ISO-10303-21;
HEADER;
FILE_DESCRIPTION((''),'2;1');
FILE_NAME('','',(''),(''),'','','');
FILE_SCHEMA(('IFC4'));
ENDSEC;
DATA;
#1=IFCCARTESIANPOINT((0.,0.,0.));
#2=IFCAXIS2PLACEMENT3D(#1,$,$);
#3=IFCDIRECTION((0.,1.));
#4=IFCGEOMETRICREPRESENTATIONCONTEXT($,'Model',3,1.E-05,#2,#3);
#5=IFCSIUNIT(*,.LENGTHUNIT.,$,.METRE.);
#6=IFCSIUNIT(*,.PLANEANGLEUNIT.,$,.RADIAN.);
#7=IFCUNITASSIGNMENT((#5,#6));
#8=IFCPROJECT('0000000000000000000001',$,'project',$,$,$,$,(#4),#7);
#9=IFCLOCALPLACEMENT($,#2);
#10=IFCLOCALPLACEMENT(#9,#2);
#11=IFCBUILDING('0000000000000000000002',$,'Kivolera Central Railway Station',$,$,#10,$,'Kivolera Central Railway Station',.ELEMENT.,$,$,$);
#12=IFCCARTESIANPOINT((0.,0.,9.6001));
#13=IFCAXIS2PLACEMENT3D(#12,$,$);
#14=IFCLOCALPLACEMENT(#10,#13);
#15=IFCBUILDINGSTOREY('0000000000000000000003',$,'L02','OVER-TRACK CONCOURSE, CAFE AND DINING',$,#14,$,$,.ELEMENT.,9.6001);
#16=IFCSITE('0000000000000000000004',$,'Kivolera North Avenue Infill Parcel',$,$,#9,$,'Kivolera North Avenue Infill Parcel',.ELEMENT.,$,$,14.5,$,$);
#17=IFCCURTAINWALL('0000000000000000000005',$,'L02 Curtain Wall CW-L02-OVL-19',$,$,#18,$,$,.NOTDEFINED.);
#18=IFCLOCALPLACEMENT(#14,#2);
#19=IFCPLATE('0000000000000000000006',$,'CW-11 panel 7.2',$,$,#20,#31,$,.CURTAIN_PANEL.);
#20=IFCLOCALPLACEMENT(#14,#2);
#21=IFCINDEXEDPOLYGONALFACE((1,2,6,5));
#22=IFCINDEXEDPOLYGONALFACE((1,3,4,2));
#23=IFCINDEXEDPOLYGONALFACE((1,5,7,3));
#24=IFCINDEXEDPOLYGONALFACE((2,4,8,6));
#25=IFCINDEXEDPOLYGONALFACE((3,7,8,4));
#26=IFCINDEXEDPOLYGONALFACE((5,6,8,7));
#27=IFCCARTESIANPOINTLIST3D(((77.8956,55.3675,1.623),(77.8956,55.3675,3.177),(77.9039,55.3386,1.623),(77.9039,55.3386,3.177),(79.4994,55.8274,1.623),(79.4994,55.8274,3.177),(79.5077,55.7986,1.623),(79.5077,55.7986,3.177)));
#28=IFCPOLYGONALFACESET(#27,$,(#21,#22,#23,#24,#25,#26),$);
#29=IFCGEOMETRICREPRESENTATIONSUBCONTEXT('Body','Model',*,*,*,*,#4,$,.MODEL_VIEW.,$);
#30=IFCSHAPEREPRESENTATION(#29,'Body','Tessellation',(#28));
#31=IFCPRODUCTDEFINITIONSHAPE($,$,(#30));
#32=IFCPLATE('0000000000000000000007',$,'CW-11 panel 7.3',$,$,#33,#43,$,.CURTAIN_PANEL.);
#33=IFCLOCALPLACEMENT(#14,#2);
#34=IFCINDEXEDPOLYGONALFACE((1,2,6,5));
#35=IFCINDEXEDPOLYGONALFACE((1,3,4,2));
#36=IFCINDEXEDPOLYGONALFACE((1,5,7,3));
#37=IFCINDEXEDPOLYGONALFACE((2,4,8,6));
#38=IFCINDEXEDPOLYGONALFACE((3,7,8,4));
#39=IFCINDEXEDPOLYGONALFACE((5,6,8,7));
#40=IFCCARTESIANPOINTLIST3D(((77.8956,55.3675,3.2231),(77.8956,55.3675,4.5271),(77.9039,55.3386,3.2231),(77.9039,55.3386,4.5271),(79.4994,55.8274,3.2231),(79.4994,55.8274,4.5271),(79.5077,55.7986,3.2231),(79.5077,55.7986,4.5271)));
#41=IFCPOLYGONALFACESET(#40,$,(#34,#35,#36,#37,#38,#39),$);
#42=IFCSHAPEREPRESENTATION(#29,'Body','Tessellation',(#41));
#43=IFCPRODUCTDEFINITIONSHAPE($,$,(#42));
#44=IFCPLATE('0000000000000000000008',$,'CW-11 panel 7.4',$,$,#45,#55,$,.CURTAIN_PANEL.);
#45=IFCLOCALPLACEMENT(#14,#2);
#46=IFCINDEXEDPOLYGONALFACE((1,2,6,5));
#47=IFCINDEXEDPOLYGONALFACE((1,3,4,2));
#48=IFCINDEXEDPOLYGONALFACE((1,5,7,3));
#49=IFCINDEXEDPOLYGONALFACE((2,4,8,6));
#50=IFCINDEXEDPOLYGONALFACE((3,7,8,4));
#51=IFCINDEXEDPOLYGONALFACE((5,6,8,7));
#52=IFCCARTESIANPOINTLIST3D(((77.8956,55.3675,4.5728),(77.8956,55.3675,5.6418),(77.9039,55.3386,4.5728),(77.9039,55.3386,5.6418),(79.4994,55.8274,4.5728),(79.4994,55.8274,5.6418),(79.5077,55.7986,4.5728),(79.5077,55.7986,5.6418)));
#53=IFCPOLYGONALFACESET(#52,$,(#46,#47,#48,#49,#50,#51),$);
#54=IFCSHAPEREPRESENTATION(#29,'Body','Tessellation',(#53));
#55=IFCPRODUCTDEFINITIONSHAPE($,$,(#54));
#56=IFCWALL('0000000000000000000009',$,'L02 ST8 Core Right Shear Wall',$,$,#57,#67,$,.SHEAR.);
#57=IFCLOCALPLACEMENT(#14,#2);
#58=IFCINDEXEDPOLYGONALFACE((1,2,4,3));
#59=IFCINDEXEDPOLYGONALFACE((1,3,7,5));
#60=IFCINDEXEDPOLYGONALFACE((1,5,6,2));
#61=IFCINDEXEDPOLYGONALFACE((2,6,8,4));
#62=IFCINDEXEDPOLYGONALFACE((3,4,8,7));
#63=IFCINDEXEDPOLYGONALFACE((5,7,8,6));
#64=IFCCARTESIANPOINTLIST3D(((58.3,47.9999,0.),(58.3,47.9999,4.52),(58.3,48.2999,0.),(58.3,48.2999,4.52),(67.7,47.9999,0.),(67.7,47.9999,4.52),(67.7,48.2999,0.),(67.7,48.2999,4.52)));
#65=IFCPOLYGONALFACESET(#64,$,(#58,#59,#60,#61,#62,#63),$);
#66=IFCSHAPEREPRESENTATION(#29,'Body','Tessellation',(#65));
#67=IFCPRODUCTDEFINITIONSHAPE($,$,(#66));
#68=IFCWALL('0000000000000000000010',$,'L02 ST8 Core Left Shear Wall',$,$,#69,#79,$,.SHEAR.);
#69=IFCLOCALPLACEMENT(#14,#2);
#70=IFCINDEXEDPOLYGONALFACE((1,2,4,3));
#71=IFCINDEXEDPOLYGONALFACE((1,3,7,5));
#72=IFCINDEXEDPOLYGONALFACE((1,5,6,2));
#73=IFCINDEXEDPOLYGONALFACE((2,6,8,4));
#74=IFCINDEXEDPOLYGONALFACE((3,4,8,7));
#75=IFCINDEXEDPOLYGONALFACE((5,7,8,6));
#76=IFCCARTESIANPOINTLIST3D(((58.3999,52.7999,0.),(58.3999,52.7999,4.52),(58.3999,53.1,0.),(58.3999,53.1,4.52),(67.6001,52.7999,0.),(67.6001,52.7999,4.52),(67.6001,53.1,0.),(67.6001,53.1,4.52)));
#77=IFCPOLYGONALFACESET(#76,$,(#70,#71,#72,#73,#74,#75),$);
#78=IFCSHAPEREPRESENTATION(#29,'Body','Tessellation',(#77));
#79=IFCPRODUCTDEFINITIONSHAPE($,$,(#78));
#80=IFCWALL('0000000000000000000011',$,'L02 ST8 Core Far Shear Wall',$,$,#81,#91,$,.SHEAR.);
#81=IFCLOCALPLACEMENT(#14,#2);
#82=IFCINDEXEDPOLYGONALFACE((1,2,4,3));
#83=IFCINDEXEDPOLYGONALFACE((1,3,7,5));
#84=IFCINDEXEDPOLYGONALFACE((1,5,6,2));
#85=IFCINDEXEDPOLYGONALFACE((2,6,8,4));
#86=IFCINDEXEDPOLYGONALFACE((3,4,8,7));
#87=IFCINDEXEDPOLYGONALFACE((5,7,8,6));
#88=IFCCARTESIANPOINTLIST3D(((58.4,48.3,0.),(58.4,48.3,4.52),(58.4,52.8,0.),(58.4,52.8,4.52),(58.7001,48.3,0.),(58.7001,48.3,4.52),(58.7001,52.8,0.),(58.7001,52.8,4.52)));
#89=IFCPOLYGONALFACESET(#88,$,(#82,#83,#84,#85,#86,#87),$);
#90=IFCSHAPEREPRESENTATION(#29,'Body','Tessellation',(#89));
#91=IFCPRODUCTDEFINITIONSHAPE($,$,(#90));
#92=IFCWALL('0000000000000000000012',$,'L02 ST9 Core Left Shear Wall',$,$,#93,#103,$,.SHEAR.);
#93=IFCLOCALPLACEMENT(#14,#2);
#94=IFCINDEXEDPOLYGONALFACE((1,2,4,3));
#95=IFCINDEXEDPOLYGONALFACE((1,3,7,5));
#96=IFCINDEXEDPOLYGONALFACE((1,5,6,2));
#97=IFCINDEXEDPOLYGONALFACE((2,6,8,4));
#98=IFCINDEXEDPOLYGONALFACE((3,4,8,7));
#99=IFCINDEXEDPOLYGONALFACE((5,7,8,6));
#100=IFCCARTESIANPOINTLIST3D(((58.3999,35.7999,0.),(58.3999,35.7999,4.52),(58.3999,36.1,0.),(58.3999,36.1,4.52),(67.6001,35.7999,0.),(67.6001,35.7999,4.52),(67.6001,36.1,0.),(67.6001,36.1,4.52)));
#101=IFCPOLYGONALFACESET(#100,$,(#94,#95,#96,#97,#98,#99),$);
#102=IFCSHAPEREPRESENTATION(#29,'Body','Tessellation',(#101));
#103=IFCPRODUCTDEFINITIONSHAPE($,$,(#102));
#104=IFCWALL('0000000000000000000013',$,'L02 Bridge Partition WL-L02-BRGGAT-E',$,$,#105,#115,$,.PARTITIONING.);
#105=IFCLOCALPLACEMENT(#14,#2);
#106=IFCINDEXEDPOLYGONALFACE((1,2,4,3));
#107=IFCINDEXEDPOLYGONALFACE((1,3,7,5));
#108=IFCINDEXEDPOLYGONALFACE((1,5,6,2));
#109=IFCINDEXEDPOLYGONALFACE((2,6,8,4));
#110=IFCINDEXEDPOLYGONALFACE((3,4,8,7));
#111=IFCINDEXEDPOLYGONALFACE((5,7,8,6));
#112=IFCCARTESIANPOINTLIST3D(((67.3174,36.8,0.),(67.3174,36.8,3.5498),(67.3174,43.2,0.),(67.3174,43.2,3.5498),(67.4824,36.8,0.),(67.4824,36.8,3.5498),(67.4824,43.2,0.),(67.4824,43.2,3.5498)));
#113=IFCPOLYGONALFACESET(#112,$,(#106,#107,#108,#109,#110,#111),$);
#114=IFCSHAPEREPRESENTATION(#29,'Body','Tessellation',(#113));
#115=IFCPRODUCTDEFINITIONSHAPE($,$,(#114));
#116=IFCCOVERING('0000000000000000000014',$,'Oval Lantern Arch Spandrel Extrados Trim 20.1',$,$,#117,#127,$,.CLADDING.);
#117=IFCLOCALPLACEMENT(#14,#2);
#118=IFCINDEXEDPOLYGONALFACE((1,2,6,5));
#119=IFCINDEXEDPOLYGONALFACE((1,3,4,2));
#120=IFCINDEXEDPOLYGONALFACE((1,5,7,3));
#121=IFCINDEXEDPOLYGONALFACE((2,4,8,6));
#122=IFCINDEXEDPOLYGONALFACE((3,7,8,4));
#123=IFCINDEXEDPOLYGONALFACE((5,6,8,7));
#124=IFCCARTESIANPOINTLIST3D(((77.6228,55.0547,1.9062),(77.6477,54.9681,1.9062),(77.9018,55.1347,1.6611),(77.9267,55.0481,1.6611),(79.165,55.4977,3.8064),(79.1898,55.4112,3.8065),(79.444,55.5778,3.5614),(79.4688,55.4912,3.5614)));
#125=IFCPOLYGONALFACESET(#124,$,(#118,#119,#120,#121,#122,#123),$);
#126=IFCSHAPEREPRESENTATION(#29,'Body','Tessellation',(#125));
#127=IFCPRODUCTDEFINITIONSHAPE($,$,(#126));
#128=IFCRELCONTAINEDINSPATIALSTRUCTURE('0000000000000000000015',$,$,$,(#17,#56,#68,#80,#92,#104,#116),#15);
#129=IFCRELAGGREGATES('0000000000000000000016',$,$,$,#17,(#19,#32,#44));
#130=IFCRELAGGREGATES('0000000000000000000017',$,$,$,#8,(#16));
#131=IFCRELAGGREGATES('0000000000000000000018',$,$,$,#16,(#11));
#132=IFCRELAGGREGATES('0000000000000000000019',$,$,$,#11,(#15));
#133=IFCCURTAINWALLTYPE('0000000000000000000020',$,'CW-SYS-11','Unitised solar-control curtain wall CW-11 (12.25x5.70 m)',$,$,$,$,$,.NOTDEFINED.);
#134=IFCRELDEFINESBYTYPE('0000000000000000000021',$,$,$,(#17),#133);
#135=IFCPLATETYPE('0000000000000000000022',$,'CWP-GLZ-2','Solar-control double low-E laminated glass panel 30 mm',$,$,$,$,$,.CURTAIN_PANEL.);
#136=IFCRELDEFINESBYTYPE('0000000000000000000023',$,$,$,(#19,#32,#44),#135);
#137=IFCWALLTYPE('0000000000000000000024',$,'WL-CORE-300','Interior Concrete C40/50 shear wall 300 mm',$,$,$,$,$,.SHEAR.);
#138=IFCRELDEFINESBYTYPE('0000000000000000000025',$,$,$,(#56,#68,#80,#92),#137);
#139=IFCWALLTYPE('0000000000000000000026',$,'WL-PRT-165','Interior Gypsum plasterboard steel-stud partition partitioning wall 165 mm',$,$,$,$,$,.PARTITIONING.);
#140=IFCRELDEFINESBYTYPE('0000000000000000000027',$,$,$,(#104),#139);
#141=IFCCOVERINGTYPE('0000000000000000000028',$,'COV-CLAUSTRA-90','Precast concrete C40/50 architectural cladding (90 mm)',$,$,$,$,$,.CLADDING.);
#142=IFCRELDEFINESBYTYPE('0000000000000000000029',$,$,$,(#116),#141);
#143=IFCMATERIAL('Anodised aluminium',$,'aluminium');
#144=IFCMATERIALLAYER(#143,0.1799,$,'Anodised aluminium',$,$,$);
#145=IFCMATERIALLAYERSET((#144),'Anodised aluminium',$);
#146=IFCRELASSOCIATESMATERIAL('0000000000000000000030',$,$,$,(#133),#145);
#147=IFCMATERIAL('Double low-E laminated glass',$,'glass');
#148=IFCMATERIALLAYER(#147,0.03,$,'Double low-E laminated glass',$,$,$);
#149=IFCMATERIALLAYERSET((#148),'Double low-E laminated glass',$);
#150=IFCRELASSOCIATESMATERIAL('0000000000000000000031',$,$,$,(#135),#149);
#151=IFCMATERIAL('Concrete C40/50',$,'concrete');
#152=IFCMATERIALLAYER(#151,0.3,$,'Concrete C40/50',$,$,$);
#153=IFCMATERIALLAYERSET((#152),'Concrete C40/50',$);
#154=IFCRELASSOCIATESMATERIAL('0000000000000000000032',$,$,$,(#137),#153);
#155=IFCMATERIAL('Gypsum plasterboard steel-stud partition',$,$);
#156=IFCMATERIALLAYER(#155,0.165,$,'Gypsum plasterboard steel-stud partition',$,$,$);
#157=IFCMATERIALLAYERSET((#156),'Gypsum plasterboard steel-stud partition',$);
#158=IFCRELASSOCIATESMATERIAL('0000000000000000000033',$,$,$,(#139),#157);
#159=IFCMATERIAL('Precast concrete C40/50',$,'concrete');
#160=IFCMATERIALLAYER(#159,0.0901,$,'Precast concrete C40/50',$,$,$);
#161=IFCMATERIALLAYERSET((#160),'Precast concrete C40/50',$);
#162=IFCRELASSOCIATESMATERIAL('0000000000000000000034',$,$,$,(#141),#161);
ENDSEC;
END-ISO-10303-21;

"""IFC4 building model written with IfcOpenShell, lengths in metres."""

from ifc_helpers import new_model, si_unit, direction, frame, frame_2d, origin, origin_2d, place, context, subcontext, project, spatial, rectangle, extrude, material, layer, layer_set, type_object, element, aggregate, save


model = new_model("IFC4")

# Units and contexts
model_context = context("Model", 3, precision=1e-05, world=origin(), true_north=direction((0.0, 1.0)))
body_context = subcontext(model_context, "Body", "Model", "MODEL_VIEW")
ifc_project = project(units=[si_unit("LENGTHUNIT", "METRE"), si_unit("PLANEANGLEUNIT", "RADIAN")], contexts=[model_context])

# Site, building, storey
site_placement = place(None, origin())
site = spatial("IfcSite", under=ifc_project, at=site_placement, Name="Kivolera North Avenue Infill Parcel", LongName="Kivolera North Avenue Infill Parcel", CompositionType="ELEMENT", RefElevation=14.5)
building_placement = place(site_placement, origin())
building = spatial("IfcBuilding", under=site, at=building_placement, Name="Kivolera Central Railway Station", LongName="Kivolera Central Railway Station", CompositionType="ELEMENT")
storey_placement = place(building_placement, frame((0.0, 0.0, 9.6001)))
storey = spatial("IfcBuildingStorey", under=building, at=storey_placement, Name="L02", Description="OVER-TRACK CONCOURSE, CAFE AND DINING", CompositionType="ELEMENT", Elevation=9.6001)

# Shared definitions
ifc_material_1 = material(Name="Concrete C40/50", Category="concrete")

# Curtain wall, plates
ifc_material_2 = material(Name="Anodised aluminium", Category="aluminium")
ifc_layer_1 = layer(ifc_material_2, 0.1799, Name="Anodised aluminium")
ifc_layer_set_1 = layer_set([ifc_layer_1], Name="Anodised aluminium")
curtain_wall_type = type_object("IfcCurtainWallType", Name="CW-SYS-11", Description="Unitised solar-control curtain wall CW-11 (12.25x5.70 m)", PredefinedType="NOTDEFINED", material=ifc_layer_set_1)
curtain_wall_placement = place(storey_placement, origin())
curtain_wall = element("IfcCurtainWall", 1, at=curtain_wall_placement, inside=storey, type_object=curtain_wall_type, Name="L02 Curtain Wall CW-L02-OVL-19", PredefinedType="NOTDEFINED")
ifc_material_3 = material(Name="Double low-E laminated glass", Category="glass")
ifc_layer_2 = layer(ifc_material_3, 0.03, Name="Double low-E laminated glass")
ifc_layer_set_2 = layer_set([ifc_layer_2], Name="Double low-E laminated glass")
plate_type = type_object("IfcPlateType", Name="CWP-GLZ-2", Description="Solar-control double low-E laminated glass panel 30 mm", PredefinedType="CURTAIN_PANEL", material=ifc_layer_set_2)
plate_1_placement = place(storey_placement, frame((78.7017, 55.583, 1.623), z_axis=(0.0, 0.0, 1.0), x_axis=(-0.961246, -0.275692, 0.0)))
plate_1 = element("IfcPlate", 2, at=plate_1_placement, type_object=plate_type, Name="CW-11 panel 7.2", PredefinedType="CURTAIN_PANEL", context=body_context, shape_type="SweptSolid", body=[
    extrude(rectangle(XDim=1.6685, YDim=0.03, at=origin_2d()), origin(), (0.0, 0.0, 1.0), 1.554),
])
plate_2_placement = place(storey_placement, frame((78.7017, 55.583, 3.2231), z_axis=(0.0, 0.0, 1.0), x_axis=(-0.961246, -0.275692, 0.0)))
plate_2 = element("IfcPlate", 3, at=plate_2_placement, type_object=plate_type, Name="CW-11 panel 7.3", PredefinedType="CURTAIN_PANEL", context=body_context, shape_type="SweptSolid", body=[
    extrude(rectangle(XDim=1.6685, YDim=0.03, at=origin_2d()), origin(), (0.0, 0.0, 1.0), 1.304),
])
plate_3_placement = place(storey_placement, frame((78.7017, 55.583, 4.5728), z_axis=(0.0, 0.0, 1.0), x_axis=(-0.961246, -0.275692, 0.0)))
plate_3 = element("IfcPlate", 4, at=plate_3_placement, type_object=plate_type, Name="CW-11 panel 7.4", PredefinedType="CURTAIN_PANEL", context=body_context, shape_type="SweptSolid", body=[
    extrude(rectangle(XDim=1.6685, YDim=0.03, at=origin_2d()), origin(), (0.0, 0.0, 1.0), 1.0691),
])
aggregate(curtain_wall, [plate_1, plate_2, plate_3])

# Walls
ifc_layer_3 = layer(ifc_material_1, 0.3, Name="Concrete C40/50")
ifc_layer_set_3 = layer_set([ifc_layer_3], Name="Concrete C40/50")
wall_type_1 = type_object("IfcWallType", Name="WL-CORE-300", Description="Interior Concrete C40/50 shear wall 300 mm", PredefinedType="SHEAR", material=ifc_layer_set_3)
wall_1_placement = place(storey_placement, frame((67.7, 48.1499, 0.0), z_axis=(0.0, 0.0, 1.0), x_axis=(-1.0, 0.0, 0.0)))
element("IfcWall", 5, at=wall_1_placement, inside=storey, type_object=wall_type_1, Name="L02 ST8 Core Right Shear Wall", PredefinedType="SHEAR", context=body_context, shape_type="SweptSolid", body=[
    extrude(rectangle(XDim=9.3999, YDim=0.3, at=frame_2d((4.7, 0.0))), origin(), (0.0, 0.0, 1.0), 4.52),
])
wall_2_placement = place(storey_placement, frame((58.3999, 52.95, 0.0), z_axis=(0.0, 0.0, 1.0), x_axis=(1.0, 0.0, 0.0)))
element("IfcWall", 6, at=wall_2_placement, inside=storey, type_object=wall_type_1, Name="L02 ST8 Core Left Shear Wall", PredefinedType="SHEAR", context=body_context, shape_type="SweptSolid", body=[
    extrude(rectangle(XDim=9.2002, YDim=0.3, at=frame_2d((4.6001, 0.0))), origin(), (0.0, 0.0, 1.0), 4.52),
])

# Walls
wall_3_placement = place(storey_placement, frame((58.55, 48.3, 0.0), z_axis=(0.0, 0.0, 1.0), x_axis=(0.0, 1.0, 0.0)))
element("IfcWall", 7, at=wall_3_placement, inside=storey, type_object=wall_type_1, Name="L02 ST8 Core Far Shear Wall", PredefinedType="SHEAR", context=body_context, shape_type="SweptSolid", body=[
    extrude(rectangle(XDim=4.5, YDim=0.3, at=frame_2d((2.25, 0.0))), origin(), (0.0, 0.0, 1.0), 4.52),
])
wall_4_placement = place(storey_placement, frame((58.3999, 35.95, 0.0), z_axis=(0.0, 0.0, 1.0), x_axis=(1.0, 0.0, 0.0)))
element("IfcWall", 8, at=wall_4_placement, inside=storey, type_object=wall_type_1, Name="L02 ST9 Core Left Shear Wall", PredefinedType="SHEAR", context=body_context, shape_type="SweptSolid", body=[
    extrude(rectangle(XDim=9.2002, YDim=0.3, at=frame_2d((4.6001, 0.0))), origin(), (0.0, 0.0, 1.0), 4.52),
])
ifc_material_4 = material(Name="Gypsum plasterboard steel-stud partition")
ifc_layer_4 = layer(ifc_material_4, 0.165, Name="Gypsum plasterboard steel-stud partition")
ifc_layer_set_4 = layer_set([ifc_layer_4], Name="Gypsum plasterboard steel-stud partition")
wall_type_2 = type_object("IfcWallType", Name="WL-PRT-165", Description="Interior Gypsum plasterboard steel-stud partition partitioning wall 165 mm", PredefinedType="PARTITIONING", material=ifc_layer_set_4)
wall_5_placement = place(storey_placement, frame((67.3999, 36.8, 0.0), z_axis=(0.0, 0.0, 1.0), x_axis=(0.0, 1.0, 0.0)))
element("IfcWall", 9, at=wall_5_placement, inside=storey, type_object=wall_type_2, Name="L02 Bridge Partition WL-L02-BRGGAT-E", PredefinedType="PARTITIONING", context=body_context, shape_type="SweptSolid", body=[
    extrude(rectangle(XDim=6.3999, YDim=0.165, at=frame_2d((3.2, 0.0))), origin(), (0.0, 0.0, 1.0), 3.5498),
])

# Covering
ifc_material_5 = material(Name="Precast concrete C40/50", Category="concrete")
ifc_layer_5 = layer(ifc_material_5, 0.0901, Name="Precast concrete C40/50")
ifc_layer_set_5 = layer_set([ifc_layer_5], Name="Precast concrete C40/50")
covering_type = type_object("IfcCoveringType", Name="COV-CLAUSTRA-90", Description="Precast concrete C40/50 architectural cladding (90 mm)", PredefinedType="CLADDING", material=ifc_layer_set_5)
covering_placement = place(storey_placement, frame((78.5459, 55.2729, 2.7339), z_axis=(0.620082, 0.178143, 0.764044), x_axis=(0.275632, -0.961263, 0.0)))
element("IfcCovering", 10, at=covering_placement, inside=storey, type_object=covering_type, Name="Oval Lantern Arch Spandrel Extrados Trim 20.1", PredefinedType="CLADDING", context=body_context, shape_type="SweptSolid", body=[
    extrude(rectangle(XDim=0.0901, YDim=0.3799, at=origin_2d()), frame((0.0, 0.0, -1.2437)), (0.0, 0.0, 1.0), 2.4871),
])

save(model, "model.ifc")
